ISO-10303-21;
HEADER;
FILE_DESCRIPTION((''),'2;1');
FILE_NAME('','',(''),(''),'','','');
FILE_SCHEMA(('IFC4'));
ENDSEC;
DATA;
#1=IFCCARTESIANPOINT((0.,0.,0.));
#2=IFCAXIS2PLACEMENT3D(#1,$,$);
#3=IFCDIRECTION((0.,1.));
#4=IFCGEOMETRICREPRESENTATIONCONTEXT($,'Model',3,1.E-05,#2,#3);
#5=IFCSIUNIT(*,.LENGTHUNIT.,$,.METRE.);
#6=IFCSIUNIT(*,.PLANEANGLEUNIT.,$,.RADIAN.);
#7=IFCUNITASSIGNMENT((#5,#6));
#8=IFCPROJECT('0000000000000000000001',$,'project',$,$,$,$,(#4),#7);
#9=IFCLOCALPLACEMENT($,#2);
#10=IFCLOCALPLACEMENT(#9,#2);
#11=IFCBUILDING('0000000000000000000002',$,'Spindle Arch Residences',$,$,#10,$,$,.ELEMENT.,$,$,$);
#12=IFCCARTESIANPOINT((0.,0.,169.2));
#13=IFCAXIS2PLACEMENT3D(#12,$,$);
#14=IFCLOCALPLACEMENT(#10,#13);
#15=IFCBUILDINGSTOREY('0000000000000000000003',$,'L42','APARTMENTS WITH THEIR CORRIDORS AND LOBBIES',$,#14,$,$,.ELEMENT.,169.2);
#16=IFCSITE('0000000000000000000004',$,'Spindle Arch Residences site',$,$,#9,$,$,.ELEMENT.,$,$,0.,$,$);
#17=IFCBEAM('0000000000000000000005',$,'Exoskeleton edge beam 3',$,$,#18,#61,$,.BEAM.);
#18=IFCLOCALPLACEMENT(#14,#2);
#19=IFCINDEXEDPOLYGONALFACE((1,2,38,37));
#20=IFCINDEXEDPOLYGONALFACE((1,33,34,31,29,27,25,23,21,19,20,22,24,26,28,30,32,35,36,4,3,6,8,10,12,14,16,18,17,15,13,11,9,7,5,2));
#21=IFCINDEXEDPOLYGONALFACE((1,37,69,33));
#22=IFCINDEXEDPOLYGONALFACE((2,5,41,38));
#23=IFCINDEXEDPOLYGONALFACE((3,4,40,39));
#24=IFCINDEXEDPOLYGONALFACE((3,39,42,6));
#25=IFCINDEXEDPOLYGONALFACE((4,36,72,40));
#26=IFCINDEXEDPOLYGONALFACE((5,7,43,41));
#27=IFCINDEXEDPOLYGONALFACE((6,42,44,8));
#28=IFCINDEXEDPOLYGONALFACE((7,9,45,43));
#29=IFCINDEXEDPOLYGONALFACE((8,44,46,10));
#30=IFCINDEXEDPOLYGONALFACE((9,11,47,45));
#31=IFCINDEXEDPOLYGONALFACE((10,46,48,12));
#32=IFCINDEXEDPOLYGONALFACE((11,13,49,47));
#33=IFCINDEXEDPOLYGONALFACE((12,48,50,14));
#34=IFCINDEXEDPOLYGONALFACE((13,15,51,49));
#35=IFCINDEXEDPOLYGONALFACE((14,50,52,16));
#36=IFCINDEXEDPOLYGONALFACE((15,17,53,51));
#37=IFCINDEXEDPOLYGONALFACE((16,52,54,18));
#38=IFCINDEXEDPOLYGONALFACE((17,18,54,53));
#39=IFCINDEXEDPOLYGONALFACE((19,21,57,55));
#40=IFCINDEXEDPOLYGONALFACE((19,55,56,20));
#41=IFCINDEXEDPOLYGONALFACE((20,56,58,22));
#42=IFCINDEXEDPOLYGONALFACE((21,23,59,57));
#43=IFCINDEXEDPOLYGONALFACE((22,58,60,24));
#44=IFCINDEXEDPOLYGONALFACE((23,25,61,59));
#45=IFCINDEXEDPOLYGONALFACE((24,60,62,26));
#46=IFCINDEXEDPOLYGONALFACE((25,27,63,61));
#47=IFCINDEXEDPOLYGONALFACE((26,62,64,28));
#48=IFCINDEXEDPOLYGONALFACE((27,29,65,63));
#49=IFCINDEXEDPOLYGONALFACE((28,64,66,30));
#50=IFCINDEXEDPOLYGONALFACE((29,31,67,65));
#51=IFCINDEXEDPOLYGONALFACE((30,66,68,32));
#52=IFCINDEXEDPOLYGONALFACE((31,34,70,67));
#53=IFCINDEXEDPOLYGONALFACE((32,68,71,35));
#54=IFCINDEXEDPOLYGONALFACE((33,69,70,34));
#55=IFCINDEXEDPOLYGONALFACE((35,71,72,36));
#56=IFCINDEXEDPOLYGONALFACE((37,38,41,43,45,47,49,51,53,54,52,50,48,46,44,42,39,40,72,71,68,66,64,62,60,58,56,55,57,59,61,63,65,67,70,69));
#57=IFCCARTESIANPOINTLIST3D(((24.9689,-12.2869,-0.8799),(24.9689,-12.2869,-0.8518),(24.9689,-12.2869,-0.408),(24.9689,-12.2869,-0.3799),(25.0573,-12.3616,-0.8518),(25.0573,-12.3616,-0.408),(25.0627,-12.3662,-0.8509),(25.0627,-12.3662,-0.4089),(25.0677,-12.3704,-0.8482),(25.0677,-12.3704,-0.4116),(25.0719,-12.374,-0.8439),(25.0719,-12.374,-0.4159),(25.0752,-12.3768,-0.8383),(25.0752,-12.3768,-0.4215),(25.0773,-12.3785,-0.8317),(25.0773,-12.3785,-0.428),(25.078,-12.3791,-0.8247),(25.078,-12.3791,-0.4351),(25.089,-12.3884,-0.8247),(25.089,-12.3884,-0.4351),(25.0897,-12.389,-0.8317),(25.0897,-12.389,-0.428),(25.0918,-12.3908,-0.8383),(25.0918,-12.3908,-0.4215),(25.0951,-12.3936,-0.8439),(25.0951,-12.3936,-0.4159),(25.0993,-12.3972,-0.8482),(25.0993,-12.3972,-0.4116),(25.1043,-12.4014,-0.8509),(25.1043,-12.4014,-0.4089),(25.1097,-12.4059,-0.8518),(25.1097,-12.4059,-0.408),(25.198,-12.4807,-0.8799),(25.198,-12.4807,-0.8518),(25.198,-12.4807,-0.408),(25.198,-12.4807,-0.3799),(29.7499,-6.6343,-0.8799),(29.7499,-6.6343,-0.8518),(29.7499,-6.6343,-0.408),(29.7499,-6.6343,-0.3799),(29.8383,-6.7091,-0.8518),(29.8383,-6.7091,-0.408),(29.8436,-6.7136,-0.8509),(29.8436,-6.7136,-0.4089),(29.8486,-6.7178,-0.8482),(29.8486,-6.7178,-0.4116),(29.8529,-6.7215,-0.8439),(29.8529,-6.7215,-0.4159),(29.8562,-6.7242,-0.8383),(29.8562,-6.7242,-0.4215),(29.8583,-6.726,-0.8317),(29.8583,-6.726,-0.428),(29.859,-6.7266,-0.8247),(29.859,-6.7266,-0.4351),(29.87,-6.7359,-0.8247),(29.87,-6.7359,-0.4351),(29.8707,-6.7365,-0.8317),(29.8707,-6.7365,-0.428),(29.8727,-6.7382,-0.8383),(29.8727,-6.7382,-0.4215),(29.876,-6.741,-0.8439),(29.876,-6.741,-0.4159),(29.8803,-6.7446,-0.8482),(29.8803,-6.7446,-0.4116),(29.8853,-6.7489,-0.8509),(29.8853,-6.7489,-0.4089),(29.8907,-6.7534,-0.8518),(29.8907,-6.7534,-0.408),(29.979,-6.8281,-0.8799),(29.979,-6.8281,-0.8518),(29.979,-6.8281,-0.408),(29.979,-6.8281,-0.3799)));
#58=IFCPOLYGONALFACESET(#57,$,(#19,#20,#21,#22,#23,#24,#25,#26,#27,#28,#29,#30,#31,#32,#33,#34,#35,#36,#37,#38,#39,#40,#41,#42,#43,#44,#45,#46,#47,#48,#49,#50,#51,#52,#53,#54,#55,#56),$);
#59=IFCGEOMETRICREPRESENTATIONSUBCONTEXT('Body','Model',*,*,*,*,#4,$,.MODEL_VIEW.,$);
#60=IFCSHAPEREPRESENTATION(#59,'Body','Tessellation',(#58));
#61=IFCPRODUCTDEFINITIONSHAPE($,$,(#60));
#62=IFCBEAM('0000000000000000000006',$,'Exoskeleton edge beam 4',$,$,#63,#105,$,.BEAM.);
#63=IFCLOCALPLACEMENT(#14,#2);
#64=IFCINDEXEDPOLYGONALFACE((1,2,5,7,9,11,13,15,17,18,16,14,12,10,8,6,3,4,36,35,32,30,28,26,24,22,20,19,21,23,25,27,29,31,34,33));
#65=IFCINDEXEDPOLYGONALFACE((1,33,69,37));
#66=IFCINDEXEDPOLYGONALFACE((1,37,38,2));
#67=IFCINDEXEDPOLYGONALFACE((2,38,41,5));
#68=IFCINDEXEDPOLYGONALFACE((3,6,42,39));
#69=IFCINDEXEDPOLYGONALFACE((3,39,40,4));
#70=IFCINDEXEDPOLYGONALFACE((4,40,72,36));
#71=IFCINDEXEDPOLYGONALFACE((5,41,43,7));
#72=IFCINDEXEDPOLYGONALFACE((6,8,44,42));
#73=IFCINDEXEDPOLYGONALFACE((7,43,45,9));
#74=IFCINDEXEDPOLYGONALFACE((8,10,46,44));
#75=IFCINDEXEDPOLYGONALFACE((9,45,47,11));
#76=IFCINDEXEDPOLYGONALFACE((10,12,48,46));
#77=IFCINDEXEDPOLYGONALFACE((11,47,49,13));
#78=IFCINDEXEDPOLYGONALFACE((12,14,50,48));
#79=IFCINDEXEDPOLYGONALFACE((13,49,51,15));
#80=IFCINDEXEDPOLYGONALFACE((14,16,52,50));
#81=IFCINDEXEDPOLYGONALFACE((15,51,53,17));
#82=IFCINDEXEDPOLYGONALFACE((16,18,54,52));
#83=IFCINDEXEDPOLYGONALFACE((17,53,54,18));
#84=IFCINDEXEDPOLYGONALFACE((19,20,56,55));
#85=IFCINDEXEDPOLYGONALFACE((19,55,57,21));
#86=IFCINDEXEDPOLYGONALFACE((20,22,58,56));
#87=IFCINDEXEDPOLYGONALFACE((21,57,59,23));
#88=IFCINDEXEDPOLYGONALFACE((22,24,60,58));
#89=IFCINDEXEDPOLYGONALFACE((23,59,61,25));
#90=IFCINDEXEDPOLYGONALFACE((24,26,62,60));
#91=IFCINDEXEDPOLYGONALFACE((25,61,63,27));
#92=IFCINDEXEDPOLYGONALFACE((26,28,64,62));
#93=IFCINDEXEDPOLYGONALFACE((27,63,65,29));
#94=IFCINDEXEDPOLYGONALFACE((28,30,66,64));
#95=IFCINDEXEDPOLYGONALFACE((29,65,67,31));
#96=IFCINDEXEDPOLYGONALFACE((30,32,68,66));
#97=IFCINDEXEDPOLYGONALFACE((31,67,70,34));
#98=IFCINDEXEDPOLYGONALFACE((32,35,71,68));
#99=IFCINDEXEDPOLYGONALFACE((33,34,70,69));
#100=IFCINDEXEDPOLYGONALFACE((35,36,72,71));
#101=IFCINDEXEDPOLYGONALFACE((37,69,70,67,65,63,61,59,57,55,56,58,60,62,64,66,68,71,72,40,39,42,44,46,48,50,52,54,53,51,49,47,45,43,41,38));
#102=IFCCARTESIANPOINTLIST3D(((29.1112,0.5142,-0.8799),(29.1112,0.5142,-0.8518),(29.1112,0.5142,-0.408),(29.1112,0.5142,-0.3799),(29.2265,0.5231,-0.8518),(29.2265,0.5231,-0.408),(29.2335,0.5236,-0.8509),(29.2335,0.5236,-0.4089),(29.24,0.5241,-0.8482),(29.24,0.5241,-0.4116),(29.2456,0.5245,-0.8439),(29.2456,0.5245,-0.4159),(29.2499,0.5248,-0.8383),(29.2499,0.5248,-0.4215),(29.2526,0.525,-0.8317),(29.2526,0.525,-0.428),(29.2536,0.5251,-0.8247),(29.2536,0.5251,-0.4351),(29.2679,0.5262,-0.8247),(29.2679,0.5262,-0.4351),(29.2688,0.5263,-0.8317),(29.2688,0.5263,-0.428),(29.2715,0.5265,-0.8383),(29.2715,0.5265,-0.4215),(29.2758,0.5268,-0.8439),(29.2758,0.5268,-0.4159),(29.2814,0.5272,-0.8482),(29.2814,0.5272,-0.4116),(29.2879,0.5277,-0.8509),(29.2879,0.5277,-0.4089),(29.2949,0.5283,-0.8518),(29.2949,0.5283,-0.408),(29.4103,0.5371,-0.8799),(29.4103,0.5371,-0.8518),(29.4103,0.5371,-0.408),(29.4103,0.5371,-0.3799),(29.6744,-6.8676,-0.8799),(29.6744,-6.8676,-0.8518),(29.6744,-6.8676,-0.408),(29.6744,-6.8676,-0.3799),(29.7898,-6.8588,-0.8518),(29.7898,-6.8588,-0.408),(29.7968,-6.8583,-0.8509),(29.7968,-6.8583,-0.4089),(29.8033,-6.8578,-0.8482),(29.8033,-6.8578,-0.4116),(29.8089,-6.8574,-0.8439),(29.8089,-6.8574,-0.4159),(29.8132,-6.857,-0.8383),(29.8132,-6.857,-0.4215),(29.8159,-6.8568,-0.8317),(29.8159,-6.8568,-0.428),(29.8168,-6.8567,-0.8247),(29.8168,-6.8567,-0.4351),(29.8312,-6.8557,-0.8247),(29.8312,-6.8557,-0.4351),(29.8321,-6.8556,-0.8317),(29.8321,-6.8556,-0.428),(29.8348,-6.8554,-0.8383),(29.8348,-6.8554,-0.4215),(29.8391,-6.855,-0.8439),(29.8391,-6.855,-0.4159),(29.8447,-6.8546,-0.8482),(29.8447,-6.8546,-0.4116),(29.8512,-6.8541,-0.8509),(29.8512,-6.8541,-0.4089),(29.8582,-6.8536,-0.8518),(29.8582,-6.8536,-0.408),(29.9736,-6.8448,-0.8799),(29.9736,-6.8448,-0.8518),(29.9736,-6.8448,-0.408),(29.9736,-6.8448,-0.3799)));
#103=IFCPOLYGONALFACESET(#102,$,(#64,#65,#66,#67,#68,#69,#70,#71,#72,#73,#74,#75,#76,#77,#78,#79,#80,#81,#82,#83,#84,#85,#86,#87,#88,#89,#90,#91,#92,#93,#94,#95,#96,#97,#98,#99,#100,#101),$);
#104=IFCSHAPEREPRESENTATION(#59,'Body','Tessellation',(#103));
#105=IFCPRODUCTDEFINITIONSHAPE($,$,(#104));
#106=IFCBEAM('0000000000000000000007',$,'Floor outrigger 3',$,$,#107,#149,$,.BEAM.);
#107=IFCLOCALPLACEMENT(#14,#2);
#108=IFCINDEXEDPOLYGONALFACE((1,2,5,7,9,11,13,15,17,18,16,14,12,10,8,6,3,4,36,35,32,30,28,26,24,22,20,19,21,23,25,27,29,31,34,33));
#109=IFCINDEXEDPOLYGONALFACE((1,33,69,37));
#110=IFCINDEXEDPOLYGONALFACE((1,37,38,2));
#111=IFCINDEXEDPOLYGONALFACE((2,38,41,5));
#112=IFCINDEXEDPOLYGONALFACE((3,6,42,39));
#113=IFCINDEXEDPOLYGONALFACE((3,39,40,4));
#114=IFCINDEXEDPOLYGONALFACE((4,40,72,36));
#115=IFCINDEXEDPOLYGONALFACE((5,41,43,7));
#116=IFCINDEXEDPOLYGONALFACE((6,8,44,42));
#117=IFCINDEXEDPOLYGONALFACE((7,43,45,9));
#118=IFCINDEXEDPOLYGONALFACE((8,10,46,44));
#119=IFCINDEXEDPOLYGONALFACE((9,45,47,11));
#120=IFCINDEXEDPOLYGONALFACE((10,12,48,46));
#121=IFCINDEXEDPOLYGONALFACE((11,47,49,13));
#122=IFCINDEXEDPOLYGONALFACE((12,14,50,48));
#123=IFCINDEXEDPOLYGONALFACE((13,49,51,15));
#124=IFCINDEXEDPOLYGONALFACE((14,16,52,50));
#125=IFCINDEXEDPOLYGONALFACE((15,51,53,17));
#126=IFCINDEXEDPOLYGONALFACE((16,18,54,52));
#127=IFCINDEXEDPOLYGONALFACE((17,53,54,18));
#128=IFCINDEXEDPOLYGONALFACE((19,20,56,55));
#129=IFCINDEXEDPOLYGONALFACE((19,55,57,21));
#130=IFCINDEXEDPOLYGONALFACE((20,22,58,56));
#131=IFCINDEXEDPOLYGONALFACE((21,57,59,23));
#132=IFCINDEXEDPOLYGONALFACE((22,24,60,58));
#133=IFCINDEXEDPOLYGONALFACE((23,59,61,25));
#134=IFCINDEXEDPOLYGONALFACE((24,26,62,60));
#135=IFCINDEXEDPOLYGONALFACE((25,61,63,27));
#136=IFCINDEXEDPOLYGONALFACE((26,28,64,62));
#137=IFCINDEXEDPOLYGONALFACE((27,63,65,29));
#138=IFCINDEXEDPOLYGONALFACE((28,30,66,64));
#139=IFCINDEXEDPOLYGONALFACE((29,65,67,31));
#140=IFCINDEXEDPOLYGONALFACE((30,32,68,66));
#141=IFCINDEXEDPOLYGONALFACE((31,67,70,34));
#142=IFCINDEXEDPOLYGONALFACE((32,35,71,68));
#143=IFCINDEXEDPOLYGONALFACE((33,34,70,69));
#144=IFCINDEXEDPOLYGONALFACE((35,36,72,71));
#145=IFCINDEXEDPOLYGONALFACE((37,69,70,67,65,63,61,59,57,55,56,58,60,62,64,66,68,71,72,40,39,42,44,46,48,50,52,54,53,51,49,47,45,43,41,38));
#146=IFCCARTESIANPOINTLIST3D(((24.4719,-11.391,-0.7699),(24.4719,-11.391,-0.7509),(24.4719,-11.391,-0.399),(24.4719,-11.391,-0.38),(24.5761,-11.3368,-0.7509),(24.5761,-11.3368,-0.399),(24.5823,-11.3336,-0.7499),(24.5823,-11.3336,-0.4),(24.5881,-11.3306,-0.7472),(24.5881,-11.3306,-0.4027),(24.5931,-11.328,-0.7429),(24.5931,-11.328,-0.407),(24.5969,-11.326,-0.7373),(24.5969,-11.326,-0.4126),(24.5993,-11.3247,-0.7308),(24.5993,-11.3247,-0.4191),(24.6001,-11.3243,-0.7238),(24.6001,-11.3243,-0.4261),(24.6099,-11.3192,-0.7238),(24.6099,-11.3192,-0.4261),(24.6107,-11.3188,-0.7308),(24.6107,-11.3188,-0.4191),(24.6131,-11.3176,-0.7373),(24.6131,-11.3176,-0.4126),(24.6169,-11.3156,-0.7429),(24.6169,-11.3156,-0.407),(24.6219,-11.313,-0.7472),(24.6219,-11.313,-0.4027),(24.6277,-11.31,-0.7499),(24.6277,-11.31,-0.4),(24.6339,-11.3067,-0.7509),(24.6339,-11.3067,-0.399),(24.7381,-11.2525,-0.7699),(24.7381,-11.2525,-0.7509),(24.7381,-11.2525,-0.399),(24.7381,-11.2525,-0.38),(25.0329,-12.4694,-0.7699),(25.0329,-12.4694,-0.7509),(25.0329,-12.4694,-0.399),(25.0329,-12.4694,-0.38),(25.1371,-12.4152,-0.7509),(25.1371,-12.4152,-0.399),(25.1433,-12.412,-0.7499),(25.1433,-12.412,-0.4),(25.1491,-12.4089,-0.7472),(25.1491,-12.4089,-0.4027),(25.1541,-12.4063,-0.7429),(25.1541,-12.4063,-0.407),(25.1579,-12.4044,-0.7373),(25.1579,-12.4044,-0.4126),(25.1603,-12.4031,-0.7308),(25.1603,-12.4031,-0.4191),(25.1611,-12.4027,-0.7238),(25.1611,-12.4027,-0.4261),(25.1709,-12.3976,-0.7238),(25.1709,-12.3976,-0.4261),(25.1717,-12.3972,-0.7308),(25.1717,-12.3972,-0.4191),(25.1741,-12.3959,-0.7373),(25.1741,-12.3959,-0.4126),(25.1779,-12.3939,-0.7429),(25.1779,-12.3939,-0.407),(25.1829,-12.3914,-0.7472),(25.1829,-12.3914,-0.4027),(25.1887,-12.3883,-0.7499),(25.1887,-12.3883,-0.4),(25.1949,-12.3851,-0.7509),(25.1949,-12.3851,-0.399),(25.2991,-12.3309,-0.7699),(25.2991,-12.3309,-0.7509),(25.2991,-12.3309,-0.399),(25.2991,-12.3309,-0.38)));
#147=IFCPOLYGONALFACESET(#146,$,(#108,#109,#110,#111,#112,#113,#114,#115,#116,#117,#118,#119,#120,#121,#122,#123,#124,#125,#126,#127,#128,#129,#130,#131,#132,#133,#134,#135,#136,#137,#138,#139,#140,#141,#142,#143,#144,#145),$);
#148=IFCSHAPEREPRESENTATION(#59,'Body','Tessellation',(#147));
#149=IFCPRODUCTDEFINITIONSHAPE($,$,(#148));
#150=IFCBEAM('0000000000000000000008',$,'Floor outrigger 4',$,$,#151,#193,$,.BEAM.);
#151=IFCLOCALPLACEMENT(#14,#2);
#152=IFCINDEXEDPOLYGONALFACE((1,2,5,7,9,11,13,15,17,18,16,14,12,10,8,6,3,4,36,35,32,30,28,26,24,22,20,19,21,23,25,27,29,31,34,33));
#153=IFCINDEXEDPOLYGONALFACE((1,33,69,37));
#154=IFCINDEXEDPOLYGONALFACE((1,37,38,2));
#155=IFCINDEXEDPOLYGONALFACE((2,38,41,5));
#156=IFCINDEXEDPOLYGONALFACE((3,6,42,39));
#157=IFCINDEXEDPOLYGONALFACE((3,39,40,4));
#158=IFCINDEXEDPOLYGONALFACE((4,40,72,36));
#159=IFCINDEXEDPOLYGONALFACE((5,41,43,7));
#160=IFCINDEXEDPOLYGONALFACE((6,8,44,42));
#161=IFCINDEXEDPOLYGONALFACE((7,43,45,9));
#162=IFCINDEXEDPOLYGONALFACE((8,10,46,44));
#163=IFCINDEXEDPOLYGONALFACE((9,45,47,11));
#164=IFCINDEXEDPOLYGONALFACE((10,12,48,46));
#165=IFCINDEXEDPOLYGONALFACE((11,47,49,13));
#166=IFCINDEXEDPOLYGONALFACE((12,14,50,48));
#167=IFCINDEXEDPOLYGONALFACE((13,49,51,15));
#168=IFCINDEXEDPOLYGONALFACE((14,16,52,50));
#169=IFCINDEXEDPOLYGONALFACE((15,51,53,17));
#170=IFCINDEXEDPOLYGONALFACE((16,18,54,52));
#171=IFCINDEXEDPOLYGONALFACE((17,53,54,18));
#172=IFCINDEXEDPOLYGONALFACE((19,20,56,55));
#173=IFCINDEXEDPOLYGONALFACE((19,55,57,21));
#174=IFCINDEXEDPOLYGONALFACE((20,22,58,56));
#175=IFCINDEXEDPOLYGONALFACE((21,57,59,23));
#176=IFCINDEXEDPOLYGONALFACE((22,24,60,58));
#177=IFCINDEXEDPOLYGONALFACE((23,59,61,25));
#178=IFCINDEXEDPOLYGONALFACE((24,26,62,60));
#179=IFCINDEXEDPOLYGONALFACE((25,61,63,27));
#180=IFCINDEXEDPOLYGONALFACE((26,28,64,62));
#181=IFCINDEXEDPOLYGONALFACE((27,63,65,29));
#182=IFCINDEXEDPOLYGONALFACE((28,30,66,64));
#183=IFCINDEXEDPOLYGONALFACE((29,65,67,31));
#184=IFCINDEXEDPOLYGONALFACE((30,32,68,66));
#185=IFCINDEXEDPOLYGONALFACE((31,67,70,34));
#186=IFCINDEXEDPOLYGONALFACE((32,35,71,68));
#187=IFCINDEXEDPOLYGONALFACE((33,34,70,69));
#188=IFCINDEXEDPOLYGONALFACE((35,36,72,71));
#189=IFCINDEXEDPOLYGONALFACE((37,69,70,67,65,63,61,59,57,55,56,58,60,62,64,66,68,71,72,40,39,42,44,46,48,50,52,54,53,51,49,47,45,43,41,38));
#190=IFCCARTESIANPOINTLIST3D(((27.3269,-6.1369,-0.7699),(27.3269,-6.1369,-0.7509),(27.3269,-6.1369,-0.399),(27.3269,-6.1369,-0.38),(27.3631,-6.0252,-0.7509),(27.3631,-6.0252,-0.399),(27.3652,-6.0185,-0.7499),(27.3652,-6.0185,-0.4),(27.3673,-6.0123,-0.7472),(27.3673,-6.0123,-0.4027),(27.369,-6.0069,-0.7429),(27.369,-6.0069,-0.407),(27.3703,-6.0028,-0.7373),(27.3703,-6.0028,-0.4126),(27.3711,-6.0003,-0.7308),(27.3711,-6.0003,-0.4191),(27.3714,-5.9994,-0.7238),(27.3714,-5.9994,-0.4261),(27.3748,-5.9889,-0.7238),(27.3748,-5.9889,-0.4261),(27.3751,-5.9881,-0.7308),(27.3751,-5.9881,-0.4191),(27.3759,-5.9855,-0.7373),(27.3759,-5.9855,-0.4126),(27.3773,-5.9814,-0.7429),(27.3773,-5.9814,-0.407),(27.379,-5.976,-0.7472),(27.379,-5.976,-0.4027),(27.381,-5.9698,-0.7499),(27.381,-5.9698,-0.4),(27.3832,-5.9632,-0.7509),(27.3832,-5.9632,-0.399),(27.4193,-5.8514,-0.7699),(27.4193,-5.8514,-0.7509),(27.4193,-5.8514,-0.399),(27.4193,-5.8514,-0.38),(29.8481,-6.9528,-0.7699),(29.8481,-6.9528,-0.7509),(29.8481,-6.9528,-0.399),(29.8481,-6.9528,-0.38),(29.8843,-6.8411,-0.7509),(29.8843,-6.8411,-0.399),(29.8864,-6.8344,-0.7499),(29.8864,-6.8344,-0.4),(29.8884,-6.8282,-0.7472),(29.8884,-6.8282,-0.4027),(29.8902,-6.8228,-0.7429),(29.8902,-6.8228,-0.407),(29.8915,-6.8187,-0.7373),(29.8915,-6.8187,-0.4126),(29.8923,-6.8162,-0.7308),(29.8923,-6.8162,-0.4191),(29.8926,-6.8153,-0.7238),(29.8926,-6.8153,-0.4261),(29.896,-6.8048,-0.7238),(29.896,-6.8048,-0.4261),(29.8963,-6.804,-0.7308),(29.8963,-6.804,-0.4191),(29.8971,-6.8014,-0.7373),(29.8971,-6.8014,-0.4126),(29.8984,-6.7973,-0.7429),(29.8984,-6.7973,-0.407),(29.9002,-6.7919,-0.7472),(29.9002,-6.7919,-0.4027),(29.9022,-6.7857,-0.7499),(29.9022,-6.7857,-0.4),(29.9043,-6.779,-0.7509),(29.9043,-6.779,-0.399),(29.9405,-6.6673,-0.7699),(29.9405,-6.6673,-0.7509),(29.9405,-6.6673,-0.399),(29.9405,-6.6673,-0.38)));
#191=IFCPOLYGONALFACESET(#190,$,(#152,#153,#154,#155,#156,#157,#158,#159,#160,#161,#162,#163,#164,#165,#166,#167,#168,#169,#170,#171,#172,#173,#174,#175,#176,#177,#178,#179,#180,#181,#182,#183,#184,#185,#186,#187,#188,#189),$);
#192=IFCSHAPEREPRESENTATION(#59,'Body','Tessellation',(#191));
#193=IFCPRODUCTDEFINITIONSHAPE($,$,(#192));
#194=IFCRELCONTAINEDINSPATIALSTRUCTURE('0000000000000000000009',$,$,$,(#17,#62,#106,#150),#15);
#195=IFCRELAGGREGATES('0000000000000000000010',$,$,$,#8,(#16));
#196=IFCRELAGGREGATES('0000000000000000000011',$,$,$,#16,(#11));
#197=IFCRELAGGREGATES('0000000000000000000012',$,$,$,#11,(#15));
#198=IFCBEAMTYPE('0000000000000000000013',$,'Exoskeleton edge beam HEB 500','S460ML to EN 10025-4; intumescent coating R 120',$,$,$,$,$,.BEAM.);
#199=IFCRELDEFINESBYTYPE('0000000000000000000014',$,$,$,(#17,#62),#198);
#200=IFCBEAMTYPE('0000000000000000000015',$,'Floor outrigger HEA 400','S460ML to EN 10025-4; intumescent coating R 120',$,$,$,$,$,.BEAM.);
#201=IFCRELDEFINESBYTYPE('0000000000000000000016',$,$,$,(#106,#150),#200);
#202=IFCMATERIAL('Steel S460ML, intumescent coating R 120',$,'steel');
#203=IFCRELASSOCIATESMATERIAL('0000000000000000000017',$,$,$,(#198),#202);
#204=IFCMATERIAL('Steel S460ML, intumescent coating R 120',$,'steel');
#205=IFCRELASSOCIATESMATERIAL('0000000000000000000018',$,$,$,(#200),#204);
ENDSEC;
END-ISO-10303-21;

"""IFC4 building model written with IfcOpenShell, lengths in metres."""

from ifc_helpers import new_model, si_unit, direction, frame, origin, origin_2d, place, context, subcontext, project, spatial, i_section, extrude, material, material_profile, profile_set, type_object, element, save


model = new_model("IFC4")

# Units and contexts
model_context = context("Model", 3, precision=1e-05, world=origin(), true_north=direction((0.0, 1.0)))
body_context = subcontext(model_context, "Body", "Model", "MODEL_VIEW")
ifc_project = project(units=[si_unit("LENGTHUNIT", "METRE"), si_unit("PLANEANGLEUNIT", "RADIAN")], contexts=[model_context])

# Site, building, storey
site_placement = place(None, origin())
site = spatial("IfcSite", under=ifc_project, at=site_placement, Name="Spindle Arch Residences site", CompositionType="ELEMENT", RefElevation=0.0)
building_placement = place(site_placement, origin())
building = spatial("IfcBuilding", under=site, at=building_placement, Name="Spindle Arch Residences", CompositionType="ELEMENT")
storey_placement = place(building_placement, frame((0.0, 0.0, 169.2)))
storey = spatial("IfcBuildingStorey", under=building, at=storey_placement, Name="L42", Description="APARTMENTS WITH THEIR CORRIDORS AND LOBBIES", CompositionType="ELEMENT", Elevation=169.2)

# Beams
ifc_material_1 = material(Name="Steel S460ML, intumescent coating R 120", Category="steel")
ifc_material_profile_1 = material_profile(ifc_material_1, i_section(OverallWidth=0.3, OverallDepth=0.5, WebThickness=0.0144, FlangeThickness=0.0281, FilletRadius=0.0271, at=origin_2d()), Name="HEB 500")
ifc_profile_set_1 = profile_set([ifc_material_profile_1], Name="Steel S460ML, intumescent coating R 120")
beam_type_1 = type_object("IfcBeamType", Name="Exoskeleton edge beam HEB 500", Description="S460ML to EN 10025-4; intumescent coating R 120", PredefinedType="BEAM", material=ifc_profile_set_1)
for number, where, z_axis, x_axis, name in (
    (1, (25.0835, -12.3838, -0.6299), (0.645788, 0.763516, 0.0), (-0.763516, 0.645788, 0.0), "Exoskeleton edge beam 3"),
    (2, (29.824, -6.8562, -0.6299), (-0.076079, 0.997102, 0.0), (-0.997102, -0.076079, 0.0), "Exoskeleton edge beam 4"),
):
    element("IfcBeam", number, at=place(storey_placement, frame(where, z_axis=z_axis, x_axis=x_axis)), inside=storey, type_object=beam_type_1, Name=name, PredefinedType="BEAM", context=body_context, shape_type="SweptSolid", body=[
        extrude(i_section(OverallWidth=0.3, OverallDepth=0.5, WebThickness=0.0144, FlangeThickness=0.0281, FilletRadius=0.0271, at=origin_2d()), origin(), (0.0, 0.0, 1.0), 7.4033),
    ])
ifc_material_2 = material(Name="Steel S460ML, intumescent coating R 120", Category="steel")
ifc_material_profile_2 = material_profile(ifc_material_2, i_section(OverallWidth=0.3, OverallDepth=0.3899, WebThickness=0.011, FlangeThickness=0.019, FilletRadius=0.0271, at=origin_2d()), Name="HEA 400")
ifc_profile_set_2 = profile_set([ifc_material_profile_2], Name="Steel S460ML, intumescent coating R 120")
beam_type_2 = type_object("IfcBeamType", Name="Floor outrigger HEA 400", Description="S460ML to EN 10025-4; intumescent coating R 120", PredefinedType="BEAM", material=ifc_profile_set_2)
beam_1_placement = place(storey_placement, frame((25.166, -12.4001, -0.575), z_axis=(-0.461536, 0.887121, 0.0), x_axis=(-0.887121, -0.461536, 0.0)))
element("IfcBeam", 3, at=beam_1_placement, inside=storey, type_object=beam_type_2, Name="Floor outrigger 3", PredefinedType="BEAM", context=body_context, shape_type="SweptSolid", body=[
    extrude(i_section(OverallWidth=0.3, OverallDepth=0.3899, WebThickness=0.011, FlangeThickness=0.019, FilletRadius=0.0271, at=origin_2d()), origin(), (0.0, 0.0, 1.0), 1.2156),
])
beam_2_placement = place(storey_placement, frame((29.8943, -6.8101, -0.575), z_axis=(-0.95142, 0.307896, 0.0), x_axis=(-0.307896, -0.95142, 0.0)))
element("IfcBeam", 4, at=beam_2_placement, inside=storey, type_object=beam_type_2, Name="Floor outrigger 4", PredefinedType="BEAM", context=body_context, shape_type="SweptSolid", body=[
    extrude(i_section(OverallWidth=0.3, OverallDepth=0.3899, WebThickness=0.011, FlangeThickness=0.019, FilletRadius=0.0271, at=origin_2d()), origin(), (0.0, 0.0, 1.0), 2.6499),
])

save(model, "model.ifc")
